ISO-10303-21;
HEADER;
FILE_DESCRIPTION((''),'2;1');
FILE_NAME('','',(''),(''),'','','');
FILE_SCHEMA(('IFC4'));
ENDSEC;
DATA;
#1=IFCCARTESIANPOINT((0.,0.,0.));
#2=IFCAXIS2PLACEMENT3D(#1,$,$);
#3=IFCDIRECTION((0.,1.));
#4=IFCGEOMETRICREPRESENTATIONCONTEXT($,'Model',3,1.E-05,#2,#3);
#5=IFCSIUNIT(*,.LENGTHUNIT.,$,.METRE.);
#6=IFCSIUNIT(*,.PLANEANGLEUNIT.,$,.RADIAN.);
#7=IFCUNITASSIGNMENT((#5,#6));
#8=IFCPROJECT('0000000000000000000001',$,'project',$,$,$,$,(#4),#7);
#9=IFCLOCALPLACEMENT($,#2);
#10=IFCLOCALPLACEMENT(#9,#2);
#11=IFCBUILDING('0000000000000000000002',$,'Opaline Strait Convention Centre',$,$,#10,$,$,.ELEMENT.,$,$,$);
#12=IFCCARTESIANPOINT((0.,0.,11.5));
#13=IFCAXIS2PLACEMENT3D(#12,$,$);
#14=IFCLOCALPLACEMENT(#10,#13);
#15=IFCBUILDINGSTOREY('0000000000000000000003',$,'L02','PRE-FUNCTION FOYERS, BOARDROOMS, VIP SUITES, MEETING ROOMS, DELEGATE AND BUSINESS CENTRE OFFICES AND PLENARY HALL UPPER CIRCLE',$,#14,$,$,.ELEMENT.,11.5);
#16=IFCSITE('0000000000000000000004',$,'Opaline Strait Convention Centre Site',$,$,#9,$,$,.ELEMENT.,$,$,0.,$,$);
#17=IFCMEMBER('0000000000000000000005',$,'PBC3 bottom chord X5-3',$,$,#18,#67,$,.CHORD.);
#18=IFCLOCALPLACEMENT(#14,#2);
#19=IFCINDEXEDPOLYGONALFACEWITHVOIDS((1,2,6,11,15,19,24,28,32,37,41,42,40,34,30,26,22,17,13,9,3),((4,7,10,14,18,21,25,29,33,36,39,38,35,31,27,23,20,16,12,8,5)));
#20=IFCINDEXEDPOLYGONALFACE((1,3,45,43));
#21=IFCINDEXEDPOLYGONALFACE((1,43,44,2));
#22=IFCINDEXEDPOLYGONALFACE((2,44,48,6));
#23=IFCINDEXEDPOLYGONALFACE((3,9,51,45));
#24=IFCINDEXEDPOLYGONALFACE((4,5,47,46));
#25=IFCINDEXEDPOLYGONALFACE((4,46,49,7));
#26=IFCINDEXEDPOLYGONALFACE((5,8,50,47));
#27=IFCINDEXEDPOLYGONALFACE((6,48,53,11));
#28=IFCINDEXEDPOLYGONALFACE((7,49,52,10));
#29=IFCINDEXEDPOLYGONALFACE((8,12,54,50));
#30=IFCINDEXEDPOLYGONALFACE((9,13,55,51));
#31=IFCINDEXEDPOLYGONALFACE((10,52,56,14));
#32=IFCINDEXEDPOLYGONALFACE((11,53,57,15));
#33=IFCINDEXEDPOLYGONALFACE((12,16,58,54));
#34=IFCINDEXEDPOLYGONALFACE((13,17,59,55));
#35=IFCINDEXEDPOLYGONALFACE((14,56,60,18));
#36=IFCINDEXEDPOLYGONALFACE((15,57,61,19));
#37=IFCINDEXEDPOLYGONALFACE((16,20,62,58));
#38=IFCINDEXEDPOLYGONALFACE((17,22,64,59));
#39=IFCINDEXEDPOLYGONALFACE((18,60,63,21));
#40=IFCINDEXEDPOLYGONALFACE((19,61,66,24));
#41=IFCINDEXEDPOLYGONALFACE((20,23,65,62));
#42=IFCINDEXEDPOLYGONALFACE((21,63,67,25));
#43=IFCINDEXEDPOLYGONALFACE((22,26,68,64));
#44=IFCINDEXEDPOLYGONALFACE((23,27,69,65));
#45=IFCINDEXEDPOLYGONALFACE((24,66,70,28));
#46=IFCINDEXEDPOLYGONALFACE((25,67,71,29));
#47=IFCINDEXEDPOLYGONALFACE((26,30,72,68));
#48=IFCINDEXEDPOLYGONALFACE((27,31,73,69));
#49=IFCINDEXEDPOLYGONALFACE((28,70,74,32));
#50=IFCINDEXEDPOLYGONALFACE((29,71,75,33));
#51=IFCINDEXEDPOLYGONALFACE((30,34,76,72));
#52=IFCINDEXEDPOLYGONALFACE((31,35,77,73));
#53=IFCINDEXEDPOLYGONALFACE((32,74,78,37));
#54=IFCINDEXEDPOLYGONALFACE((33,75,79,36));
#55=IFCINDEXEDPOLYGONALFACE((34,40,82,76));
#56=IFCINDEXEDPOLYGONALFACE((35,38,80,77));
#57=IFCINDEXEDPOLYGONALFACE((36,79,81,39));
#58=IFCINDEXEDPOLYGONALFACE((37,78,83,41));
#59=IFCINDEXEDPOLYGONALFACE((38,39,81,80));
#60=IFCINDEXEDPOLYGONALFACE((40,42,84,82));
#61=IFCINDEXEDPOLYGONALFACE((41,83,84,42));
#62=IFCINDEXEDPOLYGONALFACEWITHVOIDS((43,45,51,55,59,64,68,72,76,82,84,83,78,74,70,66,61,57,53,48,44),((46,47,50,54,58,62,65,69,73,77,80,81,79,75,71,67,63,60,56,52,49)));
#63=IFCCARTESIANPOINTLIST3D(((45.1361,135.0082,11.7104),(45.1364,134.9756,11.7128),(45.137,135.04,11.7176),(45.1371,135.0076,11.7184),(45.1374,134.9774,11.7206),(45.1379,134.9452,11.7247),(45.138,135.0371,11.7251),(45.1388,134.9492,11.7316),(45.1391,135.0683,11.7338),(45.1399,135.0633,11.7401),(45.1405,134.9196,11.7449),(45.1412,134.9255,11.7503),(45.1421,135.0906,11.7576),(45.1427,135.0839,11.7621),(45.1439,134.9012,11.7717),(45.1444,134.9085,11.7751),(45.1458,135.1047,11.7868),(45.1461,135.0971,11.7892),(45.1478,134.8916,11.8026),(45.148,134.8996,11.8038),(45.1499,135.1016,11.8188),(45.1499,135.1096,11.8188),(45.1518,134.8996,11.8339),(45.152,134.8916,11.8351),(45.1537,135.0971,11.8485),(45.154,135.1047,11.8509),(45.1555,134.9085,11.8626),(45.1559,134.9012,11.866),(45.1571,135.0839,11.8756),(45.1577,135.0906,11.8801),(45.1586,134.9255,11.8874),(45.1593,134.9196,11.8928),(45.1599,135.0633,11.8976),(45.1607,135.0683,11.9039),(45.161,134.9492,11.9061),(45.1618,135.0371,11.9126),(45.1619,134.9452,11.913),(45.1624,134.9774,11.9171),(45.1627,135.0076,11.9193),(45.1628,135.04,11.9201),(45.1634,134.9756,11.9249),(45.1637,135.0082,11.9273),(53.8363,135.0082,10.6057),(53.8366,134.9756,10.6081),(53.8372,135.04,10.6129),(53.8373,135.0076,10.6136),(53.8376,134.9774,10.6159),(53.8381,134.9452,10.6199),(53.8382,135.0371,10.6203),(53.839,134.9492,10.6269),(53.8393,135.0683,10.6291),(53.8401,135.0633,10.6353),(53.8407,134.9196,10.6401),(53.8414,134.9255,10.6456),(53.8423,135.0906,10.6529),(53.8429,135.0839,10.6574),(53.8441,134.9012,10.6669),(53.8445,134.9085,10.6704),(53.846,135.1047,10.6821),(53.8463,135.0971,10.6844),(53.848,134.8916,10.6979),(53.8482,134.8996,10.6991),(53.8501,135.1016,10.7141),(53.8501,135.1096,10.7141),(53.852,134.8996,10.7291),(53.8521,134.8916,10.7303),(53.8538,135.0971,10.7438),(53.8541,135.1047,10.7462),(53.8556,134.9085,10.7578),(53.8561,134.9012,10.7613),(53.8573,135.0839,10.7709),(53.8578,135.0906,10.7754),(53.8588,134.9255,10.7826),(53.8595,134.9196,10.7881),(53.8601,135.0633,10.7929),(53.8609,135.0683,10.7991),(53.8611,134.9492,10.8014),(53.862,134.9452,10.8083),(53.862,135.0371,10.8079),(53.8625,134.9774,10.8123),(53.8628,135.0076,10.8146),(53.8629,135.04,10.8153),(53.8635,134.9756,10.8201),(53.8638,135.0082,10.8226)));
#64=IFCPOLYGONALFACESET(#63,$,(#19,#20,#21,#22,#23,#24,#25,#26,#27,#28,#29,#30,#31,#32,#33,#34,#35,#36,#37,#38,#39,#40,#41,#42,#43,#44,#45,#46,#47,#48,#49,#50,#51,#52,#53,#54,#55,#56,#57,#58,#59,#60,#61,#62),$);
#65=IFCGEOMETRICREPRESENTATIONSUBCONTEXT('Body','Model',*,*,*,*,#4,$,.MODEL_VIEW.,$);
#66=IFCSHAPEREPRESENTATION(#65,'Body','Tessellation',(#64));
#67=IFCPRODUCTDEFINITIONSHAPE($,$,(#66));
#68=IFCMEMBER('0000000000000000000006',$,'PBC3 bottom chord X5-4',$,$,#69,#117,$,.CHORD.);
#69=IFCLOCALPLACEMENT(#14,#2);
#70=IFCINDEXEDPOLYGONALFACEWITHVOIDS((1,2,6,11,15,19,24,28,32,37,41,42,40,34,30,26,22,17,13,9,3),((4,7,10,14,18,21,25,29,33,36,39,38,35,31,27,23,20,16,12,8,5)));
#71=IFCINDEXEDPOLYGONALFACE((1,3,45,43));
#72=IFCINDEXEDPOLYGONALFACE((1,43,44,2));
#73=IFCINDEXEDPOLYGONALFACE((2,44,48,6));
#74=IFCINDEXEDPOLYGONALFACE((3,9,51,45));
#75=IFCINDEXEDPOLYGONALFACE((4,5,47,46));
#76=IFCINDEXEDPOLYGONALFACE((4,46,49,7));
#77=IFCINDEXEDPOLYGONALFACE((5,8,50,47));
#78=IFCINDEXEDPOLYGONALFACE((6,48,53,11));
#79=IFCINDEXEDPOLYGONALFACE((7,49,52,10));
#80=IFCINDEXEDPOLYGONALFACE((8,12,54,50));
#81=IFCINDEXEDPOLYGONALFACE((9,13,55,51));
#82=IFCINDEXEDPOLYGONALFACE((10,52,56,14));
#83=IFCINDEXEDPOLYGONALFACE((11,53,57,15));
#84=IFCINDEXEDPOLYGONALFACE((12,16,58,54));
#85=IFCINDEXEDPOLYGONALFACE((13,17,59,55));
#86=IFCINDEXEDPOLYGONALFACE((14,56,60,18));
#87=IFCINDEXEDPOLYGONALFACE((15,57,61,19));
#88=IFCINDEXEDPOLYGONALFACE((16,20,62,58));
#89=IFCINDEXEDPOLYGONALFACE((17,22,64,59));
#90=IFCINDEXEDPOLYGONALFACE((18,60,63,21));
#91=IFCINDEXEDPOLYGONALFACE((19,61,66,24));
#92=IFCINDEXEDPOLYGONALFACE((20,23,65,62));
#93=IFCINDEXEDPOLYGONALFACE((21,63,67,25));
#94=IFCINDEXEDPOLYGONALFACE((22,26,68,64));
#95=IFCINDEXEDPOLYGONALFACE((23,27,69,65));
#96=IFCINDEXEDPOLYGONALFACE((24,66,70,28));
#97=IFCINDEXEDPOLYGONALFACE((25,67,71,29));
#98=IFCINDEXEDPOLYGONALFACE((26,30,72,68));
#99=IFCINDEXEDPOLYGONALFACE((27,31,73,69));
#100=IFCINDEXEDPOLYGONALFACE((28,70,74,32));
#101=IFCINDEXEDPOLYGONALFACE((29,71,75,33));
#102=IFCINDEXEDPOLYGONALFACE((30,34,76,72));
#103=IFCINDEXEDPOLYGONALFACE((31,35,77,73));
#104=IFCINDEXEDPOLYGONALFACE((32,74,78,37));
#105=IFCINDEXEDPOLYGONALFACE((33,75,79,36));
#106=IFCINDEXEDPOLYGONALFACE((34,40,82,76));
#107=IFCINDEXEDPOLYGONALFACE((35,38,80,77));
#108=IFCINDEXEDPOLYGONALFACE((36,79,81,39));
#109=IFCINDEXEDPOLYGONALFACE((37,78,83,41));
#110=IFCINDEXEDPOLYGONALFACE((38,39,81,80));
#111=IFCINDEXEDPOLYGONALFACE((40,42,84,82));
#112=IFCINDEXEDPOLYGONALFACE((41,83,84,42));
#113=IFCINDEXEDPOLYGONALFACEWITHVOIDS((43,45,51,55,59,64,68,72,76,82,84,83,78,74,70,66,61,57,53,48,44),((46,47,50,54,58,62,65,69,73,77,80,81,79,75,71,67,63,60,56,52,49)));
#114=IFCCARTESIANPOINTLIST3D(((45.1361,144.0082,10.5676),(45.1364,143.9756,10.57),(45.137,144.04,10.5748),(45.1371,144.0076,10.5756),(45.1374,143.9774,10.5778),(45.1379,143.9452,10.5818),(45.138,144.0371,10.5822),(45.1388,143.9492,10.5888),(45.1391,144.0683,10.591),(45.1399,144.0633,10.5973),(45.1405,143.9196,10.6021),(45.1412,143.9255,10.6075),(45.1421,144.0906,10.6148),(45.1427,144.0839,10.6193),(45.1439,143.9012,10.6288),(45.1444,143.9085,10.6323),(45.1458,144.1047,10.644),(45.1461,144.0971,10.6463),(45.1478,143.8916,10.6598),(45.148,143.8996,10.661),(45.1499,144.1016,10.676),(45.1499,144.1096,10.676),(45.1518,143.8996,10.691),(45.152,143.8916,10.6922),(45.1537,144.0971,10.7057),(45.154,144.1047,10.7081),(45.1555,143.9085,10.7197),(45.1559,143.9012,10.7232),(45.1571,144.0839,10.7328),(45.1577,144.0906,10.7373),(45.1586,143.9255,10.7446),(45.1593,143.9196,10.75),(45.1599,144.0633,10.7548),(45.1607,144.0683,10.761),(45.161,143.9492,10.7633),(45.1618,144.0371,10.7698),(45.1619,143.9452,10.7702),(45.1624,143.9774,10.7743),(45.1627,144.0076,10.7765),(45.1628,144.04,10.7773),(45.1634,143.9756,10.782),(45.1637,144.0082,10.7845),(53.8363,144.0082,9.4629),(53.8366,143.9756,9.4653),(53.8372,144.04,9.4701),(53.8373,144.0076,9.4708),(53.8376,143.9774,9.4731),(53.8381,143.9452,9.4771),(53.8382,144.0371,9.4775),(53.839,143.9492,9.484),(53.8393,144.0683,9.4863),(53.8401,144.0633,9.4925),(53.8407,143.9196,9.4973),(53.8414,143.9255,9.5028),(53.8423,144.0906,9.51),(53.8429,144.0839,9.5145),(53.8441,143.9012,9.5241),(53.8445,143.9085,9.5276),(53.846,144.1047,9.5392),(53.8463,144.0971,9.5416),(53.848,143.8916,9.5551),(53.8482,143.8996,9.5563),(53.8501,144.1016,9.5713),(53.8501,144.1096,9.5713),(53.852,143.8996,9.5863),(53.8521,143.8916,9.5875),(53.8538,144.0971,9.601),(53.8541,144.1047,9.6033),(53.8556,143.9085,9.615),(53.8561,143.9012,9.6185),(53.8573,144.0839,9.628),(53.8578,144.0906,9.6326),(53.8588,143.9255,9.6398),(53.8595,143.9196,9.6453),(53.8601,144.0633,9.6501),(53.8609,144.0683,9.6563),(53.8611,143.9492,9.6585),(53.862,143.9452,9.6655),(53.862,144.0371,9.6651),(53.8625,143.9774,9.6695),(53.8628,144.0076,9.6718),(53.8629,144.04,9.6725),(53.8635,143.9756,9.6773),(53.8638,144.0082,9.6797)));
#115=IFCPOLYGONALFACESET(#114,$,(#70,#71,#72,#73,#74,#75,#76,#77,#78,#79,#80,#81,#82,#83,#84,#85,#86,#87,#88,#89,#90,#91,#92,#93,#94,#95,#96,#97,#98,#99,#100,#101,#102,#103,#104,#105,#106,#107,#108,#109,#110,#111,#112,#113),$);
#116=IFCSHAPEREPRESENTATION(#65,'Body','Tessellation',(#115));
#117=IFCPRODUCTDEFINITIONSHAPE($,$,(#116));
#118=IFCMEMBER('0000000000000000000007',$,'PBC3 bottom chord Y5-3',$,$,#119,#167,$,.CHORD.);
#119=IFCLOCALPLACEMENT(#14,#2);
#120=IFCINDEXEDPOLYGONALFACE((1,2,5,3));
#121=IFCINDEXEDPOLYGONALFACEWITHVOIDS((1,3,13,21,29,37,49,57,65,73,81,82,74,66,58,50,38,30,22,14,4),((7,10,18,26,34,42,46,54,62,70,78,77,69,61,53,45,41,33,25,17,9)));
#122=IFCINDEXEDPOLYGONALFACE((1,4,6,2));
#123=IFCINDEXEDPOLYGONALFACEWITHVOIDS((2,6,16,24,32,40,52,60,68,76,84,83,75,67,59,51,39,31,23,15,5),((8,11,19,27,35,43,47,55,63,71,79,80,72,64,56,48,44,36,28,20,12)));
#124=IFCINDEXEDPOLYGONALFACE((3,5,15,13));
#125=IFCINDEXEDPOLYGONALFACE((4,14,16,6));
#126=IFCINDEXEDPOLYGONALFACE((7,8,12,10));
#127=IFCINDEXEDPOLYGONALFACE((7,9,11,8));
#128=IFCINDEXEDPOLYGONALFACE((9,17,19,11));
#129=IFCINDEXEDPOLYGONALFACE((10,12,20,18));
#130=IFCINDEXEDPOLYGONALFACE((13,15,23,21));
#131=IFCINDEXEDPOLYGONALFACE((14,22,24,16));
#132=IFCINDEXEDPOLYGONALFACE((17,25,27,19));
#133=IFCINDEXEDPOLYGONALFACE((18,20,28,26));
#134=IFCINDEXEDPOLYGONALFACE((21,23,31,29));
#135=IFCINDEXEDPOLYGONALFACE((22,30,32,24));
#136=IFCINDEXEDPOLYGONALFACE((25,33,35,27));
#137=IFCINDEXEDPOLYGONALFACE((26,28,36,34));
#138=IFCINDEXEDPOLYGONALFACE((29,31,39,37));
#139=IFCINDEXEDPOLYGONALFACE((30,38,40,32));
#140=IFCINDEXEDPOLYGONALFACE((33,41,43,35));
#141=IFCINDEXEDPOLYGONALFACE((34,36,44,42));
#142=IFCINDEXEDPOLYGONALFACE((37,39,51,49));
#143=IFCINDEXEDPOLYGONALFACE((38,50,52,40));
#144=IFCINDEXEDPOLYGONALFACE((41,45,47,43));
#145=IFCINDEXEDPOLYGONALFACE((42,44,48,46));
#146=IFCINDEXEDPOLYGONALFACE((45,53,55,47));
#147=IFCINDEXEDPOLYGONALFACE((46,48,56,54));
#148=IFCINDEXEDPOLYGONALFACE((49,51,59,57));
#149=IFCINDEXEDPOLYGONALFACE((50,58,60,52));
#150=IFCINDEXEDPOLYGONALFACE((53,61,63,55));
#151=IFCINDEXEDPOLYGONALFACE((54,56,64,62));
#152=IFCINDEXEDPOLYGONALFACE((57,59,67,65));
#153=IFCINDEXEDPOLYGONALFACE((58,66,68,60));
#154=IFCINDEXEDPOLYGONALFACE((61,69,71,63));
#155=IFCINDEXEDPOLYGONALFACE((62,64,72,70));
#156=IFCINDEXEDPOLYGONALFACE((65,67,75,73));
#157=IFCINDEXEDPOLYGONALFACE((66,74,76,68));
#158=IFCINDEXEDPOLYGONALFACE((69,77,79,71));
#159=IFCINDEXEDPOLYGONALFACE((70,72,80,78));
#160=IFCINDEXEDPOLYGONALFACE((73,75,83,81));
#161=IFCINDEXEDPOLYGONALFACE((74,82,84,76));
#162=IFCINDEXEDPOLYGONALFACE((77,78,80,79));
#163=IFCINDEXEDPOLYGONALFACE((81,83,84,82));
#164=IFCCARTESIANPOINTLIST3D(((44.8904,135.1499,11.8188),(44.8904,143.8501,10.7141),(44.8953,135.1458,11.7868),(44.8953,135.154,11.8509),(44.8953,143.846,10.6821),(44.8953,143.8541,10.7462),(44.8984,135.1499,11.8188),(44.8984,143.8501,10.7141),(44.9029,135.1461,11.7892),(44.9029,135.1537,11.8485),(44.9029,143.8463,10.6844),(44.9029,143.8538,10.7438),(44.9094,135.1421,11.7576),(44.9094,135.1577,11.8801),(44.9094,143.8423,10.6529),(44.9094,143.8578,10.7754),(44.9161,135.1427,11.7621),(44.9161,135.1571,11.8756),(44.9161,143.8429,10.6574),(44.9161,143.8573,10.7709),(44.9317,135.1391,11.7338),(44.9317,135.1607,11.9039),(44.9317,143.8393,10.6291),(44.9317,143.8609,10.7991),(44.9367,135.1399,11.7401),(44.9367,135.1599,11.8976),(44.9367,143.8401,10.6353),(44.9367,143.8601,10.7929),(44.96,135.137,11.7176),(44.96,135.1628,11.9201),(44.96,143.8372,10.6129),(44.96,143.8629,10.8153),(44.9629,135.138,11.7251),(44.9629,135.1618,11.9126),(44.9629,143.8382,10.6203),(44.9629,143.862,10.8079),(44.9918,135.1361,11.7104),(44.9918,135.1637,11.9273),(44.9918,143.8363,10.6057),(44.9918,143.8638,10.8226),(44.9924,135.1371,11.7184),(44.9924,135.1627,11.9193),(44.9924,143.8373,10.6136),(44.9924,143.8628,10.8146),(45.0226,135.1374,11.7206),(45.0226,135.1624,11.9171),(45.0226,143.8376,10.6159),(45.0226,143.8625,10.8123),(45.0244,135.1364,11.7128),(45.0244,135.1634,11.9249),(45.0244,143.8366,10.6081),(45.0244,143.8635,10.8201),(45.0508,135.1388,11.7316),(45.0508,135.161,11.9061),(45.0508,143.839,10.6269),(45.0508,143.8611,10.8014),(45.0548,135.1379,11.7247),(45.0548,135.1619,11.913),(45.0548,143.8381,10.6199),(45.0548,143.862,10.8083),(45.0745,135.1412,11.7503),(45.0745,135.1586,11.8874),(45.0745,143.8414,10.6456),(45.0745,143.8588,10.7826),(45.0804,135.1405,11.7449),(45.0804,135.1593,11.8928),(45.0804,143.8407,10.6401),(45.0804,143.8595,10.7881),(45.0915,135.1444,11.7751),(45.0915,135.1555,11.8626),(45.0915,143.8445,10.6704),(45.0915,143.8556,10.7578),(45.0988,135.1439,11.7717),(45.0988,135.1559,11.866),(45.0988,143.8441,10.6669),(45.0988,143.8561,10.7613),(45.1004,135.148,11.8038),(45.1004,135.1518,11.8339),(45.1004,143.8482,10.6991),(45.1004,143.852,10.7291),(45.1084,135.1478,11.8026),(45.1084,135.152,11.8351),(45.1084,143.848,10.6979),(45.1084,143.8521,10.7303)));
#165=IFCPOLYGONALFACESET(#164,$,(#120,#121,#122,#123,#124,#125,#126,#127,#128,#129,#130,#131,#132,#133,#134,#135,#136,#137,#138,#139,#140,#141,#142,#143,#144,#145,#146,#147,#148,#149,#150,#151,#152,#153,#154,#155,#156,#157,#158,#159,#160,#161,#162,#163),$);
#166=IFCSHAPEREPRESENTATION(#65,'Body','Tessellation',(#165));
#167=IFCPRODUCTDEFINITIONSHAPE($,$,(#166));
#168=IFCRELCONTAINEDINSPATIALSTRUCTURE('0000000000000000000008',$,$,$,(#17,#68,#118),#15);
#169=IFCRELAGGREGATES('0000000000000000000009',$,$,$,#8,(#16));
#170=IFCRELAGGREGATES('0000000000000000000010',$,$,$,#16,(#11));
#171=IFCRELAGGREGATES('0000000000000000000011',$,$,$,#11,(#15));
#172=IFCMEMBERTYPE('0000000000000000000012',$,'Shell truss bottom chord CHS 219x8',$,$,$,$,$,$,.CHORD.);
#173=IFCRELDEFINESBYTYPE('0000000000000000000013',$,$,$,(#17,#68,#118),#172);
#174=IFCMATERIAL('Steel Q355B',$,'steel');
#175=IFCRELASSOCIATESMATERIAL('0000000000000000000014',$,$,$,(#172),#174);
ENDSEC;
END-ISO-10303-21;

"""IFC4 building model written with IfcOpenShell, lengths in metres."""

from ifc_helpers import new_model, si_unit, direction, frame, origin, origin_2d, place, context, subcontext, project, spatial, hollow_circle, extrude, material, material_profile, profile_set, type_object, element, save


model = new_model("IFC4")

# Units and contexts
model_context = context("Model", 3, precision=1e-05, world=origin(), true_north=direction((0.0, 1.0)))
body_context = subcontext(model_context, "Body", "Model", "MODEL_VIEW")
ifc_project = project(units=[si_unit("LENGTHUNIT", "METRE"), si_unit("PLANEANGLEUNIT", "RADIAN")], contexts=[model_context])

# Site, building, storey
site_placement = place(None, origin())
site = spatial("IfcSite", under=ifc_project, at=site_placement, Name="Opaline Strait Convention Centre Site", CompositionType="ELEMENT", RefElevation=0.0)
building_placement = place(site_placement, origin())
building = spatial("IfcBuilding", under=site, at=building_placement, Name="Opaline Strait Convention Centre", CompositionType="ELEMENT")
storey_placement = place(building_placement, frame((0.0, 0.0, 11.5)))
storey = spatial("IfcBuildingStorey", under=building, at=storey_placement, Name="L02", Description="PRE-FUNCTION FOYERS, BOARDROOMS, VIP SUITES, MEETING ROOMS, DELEGATE AND BUSINESS CENTRE OFFICES AND PLENARY HALL UPPER CIRCLE", CompositionType="ELEMENT", Elevation=11.5)

# Members
ifc_material_1 = material(Name="Steel Q355B", Category="steel")
ifc_material_profile_1 = material_profile(ifc_material_1, hollow_circle(Radius=0.1096, WallThickness=0.0081, at=origin_2d()), Name="CHS 219x8")
ifc_profile_set_1 = profile_set([ifc_material_profile_1], Name="Steel Q355B")
member_type_1 = type_object("IfcMemberType", Name="Shell truss bottom chord CHS 219x8", PredefinedType="CHORD", material=ifc_profile_set_1)
for number, where, z_axis, x_axis, name in (
    (1, (45.1499, 135.0, 11.8188), (0.992034, 0.0, -0.125967), (0.0, 1.0, 0.0), "PBC3 bottom chord X5-3"),
    (2, (45.1499, 144.0, 10.676), (0.992034, 0.0, -0.125967), (0.0, 1.0, 0.0), "PBC3 bottom chord X5-4"),
    (3, (45.0, 135.1499, 11.8188), (0.0, 0.992034, -0.125967), (-1.0, 0.0, 0.0), "PBC3 bottom chord Y5-3"),
):
    element("IfcMember", number, at=place(storey_placement, frame(where, z_axis=z_axis, x_axis=x_axis)), inside=storey, type_object=member_type_1, Name=name, PredefinedType="CHORD", context=body_context, shape_type="SweptSolid", body=[
        extrude(hollow_circle(Radius=0.1096, WallThickness=0.0081, at=origin_2d()), origin(), (0.0, 0.0, 1.0), 8.77),
    ])

save(model, "model.ifc")
